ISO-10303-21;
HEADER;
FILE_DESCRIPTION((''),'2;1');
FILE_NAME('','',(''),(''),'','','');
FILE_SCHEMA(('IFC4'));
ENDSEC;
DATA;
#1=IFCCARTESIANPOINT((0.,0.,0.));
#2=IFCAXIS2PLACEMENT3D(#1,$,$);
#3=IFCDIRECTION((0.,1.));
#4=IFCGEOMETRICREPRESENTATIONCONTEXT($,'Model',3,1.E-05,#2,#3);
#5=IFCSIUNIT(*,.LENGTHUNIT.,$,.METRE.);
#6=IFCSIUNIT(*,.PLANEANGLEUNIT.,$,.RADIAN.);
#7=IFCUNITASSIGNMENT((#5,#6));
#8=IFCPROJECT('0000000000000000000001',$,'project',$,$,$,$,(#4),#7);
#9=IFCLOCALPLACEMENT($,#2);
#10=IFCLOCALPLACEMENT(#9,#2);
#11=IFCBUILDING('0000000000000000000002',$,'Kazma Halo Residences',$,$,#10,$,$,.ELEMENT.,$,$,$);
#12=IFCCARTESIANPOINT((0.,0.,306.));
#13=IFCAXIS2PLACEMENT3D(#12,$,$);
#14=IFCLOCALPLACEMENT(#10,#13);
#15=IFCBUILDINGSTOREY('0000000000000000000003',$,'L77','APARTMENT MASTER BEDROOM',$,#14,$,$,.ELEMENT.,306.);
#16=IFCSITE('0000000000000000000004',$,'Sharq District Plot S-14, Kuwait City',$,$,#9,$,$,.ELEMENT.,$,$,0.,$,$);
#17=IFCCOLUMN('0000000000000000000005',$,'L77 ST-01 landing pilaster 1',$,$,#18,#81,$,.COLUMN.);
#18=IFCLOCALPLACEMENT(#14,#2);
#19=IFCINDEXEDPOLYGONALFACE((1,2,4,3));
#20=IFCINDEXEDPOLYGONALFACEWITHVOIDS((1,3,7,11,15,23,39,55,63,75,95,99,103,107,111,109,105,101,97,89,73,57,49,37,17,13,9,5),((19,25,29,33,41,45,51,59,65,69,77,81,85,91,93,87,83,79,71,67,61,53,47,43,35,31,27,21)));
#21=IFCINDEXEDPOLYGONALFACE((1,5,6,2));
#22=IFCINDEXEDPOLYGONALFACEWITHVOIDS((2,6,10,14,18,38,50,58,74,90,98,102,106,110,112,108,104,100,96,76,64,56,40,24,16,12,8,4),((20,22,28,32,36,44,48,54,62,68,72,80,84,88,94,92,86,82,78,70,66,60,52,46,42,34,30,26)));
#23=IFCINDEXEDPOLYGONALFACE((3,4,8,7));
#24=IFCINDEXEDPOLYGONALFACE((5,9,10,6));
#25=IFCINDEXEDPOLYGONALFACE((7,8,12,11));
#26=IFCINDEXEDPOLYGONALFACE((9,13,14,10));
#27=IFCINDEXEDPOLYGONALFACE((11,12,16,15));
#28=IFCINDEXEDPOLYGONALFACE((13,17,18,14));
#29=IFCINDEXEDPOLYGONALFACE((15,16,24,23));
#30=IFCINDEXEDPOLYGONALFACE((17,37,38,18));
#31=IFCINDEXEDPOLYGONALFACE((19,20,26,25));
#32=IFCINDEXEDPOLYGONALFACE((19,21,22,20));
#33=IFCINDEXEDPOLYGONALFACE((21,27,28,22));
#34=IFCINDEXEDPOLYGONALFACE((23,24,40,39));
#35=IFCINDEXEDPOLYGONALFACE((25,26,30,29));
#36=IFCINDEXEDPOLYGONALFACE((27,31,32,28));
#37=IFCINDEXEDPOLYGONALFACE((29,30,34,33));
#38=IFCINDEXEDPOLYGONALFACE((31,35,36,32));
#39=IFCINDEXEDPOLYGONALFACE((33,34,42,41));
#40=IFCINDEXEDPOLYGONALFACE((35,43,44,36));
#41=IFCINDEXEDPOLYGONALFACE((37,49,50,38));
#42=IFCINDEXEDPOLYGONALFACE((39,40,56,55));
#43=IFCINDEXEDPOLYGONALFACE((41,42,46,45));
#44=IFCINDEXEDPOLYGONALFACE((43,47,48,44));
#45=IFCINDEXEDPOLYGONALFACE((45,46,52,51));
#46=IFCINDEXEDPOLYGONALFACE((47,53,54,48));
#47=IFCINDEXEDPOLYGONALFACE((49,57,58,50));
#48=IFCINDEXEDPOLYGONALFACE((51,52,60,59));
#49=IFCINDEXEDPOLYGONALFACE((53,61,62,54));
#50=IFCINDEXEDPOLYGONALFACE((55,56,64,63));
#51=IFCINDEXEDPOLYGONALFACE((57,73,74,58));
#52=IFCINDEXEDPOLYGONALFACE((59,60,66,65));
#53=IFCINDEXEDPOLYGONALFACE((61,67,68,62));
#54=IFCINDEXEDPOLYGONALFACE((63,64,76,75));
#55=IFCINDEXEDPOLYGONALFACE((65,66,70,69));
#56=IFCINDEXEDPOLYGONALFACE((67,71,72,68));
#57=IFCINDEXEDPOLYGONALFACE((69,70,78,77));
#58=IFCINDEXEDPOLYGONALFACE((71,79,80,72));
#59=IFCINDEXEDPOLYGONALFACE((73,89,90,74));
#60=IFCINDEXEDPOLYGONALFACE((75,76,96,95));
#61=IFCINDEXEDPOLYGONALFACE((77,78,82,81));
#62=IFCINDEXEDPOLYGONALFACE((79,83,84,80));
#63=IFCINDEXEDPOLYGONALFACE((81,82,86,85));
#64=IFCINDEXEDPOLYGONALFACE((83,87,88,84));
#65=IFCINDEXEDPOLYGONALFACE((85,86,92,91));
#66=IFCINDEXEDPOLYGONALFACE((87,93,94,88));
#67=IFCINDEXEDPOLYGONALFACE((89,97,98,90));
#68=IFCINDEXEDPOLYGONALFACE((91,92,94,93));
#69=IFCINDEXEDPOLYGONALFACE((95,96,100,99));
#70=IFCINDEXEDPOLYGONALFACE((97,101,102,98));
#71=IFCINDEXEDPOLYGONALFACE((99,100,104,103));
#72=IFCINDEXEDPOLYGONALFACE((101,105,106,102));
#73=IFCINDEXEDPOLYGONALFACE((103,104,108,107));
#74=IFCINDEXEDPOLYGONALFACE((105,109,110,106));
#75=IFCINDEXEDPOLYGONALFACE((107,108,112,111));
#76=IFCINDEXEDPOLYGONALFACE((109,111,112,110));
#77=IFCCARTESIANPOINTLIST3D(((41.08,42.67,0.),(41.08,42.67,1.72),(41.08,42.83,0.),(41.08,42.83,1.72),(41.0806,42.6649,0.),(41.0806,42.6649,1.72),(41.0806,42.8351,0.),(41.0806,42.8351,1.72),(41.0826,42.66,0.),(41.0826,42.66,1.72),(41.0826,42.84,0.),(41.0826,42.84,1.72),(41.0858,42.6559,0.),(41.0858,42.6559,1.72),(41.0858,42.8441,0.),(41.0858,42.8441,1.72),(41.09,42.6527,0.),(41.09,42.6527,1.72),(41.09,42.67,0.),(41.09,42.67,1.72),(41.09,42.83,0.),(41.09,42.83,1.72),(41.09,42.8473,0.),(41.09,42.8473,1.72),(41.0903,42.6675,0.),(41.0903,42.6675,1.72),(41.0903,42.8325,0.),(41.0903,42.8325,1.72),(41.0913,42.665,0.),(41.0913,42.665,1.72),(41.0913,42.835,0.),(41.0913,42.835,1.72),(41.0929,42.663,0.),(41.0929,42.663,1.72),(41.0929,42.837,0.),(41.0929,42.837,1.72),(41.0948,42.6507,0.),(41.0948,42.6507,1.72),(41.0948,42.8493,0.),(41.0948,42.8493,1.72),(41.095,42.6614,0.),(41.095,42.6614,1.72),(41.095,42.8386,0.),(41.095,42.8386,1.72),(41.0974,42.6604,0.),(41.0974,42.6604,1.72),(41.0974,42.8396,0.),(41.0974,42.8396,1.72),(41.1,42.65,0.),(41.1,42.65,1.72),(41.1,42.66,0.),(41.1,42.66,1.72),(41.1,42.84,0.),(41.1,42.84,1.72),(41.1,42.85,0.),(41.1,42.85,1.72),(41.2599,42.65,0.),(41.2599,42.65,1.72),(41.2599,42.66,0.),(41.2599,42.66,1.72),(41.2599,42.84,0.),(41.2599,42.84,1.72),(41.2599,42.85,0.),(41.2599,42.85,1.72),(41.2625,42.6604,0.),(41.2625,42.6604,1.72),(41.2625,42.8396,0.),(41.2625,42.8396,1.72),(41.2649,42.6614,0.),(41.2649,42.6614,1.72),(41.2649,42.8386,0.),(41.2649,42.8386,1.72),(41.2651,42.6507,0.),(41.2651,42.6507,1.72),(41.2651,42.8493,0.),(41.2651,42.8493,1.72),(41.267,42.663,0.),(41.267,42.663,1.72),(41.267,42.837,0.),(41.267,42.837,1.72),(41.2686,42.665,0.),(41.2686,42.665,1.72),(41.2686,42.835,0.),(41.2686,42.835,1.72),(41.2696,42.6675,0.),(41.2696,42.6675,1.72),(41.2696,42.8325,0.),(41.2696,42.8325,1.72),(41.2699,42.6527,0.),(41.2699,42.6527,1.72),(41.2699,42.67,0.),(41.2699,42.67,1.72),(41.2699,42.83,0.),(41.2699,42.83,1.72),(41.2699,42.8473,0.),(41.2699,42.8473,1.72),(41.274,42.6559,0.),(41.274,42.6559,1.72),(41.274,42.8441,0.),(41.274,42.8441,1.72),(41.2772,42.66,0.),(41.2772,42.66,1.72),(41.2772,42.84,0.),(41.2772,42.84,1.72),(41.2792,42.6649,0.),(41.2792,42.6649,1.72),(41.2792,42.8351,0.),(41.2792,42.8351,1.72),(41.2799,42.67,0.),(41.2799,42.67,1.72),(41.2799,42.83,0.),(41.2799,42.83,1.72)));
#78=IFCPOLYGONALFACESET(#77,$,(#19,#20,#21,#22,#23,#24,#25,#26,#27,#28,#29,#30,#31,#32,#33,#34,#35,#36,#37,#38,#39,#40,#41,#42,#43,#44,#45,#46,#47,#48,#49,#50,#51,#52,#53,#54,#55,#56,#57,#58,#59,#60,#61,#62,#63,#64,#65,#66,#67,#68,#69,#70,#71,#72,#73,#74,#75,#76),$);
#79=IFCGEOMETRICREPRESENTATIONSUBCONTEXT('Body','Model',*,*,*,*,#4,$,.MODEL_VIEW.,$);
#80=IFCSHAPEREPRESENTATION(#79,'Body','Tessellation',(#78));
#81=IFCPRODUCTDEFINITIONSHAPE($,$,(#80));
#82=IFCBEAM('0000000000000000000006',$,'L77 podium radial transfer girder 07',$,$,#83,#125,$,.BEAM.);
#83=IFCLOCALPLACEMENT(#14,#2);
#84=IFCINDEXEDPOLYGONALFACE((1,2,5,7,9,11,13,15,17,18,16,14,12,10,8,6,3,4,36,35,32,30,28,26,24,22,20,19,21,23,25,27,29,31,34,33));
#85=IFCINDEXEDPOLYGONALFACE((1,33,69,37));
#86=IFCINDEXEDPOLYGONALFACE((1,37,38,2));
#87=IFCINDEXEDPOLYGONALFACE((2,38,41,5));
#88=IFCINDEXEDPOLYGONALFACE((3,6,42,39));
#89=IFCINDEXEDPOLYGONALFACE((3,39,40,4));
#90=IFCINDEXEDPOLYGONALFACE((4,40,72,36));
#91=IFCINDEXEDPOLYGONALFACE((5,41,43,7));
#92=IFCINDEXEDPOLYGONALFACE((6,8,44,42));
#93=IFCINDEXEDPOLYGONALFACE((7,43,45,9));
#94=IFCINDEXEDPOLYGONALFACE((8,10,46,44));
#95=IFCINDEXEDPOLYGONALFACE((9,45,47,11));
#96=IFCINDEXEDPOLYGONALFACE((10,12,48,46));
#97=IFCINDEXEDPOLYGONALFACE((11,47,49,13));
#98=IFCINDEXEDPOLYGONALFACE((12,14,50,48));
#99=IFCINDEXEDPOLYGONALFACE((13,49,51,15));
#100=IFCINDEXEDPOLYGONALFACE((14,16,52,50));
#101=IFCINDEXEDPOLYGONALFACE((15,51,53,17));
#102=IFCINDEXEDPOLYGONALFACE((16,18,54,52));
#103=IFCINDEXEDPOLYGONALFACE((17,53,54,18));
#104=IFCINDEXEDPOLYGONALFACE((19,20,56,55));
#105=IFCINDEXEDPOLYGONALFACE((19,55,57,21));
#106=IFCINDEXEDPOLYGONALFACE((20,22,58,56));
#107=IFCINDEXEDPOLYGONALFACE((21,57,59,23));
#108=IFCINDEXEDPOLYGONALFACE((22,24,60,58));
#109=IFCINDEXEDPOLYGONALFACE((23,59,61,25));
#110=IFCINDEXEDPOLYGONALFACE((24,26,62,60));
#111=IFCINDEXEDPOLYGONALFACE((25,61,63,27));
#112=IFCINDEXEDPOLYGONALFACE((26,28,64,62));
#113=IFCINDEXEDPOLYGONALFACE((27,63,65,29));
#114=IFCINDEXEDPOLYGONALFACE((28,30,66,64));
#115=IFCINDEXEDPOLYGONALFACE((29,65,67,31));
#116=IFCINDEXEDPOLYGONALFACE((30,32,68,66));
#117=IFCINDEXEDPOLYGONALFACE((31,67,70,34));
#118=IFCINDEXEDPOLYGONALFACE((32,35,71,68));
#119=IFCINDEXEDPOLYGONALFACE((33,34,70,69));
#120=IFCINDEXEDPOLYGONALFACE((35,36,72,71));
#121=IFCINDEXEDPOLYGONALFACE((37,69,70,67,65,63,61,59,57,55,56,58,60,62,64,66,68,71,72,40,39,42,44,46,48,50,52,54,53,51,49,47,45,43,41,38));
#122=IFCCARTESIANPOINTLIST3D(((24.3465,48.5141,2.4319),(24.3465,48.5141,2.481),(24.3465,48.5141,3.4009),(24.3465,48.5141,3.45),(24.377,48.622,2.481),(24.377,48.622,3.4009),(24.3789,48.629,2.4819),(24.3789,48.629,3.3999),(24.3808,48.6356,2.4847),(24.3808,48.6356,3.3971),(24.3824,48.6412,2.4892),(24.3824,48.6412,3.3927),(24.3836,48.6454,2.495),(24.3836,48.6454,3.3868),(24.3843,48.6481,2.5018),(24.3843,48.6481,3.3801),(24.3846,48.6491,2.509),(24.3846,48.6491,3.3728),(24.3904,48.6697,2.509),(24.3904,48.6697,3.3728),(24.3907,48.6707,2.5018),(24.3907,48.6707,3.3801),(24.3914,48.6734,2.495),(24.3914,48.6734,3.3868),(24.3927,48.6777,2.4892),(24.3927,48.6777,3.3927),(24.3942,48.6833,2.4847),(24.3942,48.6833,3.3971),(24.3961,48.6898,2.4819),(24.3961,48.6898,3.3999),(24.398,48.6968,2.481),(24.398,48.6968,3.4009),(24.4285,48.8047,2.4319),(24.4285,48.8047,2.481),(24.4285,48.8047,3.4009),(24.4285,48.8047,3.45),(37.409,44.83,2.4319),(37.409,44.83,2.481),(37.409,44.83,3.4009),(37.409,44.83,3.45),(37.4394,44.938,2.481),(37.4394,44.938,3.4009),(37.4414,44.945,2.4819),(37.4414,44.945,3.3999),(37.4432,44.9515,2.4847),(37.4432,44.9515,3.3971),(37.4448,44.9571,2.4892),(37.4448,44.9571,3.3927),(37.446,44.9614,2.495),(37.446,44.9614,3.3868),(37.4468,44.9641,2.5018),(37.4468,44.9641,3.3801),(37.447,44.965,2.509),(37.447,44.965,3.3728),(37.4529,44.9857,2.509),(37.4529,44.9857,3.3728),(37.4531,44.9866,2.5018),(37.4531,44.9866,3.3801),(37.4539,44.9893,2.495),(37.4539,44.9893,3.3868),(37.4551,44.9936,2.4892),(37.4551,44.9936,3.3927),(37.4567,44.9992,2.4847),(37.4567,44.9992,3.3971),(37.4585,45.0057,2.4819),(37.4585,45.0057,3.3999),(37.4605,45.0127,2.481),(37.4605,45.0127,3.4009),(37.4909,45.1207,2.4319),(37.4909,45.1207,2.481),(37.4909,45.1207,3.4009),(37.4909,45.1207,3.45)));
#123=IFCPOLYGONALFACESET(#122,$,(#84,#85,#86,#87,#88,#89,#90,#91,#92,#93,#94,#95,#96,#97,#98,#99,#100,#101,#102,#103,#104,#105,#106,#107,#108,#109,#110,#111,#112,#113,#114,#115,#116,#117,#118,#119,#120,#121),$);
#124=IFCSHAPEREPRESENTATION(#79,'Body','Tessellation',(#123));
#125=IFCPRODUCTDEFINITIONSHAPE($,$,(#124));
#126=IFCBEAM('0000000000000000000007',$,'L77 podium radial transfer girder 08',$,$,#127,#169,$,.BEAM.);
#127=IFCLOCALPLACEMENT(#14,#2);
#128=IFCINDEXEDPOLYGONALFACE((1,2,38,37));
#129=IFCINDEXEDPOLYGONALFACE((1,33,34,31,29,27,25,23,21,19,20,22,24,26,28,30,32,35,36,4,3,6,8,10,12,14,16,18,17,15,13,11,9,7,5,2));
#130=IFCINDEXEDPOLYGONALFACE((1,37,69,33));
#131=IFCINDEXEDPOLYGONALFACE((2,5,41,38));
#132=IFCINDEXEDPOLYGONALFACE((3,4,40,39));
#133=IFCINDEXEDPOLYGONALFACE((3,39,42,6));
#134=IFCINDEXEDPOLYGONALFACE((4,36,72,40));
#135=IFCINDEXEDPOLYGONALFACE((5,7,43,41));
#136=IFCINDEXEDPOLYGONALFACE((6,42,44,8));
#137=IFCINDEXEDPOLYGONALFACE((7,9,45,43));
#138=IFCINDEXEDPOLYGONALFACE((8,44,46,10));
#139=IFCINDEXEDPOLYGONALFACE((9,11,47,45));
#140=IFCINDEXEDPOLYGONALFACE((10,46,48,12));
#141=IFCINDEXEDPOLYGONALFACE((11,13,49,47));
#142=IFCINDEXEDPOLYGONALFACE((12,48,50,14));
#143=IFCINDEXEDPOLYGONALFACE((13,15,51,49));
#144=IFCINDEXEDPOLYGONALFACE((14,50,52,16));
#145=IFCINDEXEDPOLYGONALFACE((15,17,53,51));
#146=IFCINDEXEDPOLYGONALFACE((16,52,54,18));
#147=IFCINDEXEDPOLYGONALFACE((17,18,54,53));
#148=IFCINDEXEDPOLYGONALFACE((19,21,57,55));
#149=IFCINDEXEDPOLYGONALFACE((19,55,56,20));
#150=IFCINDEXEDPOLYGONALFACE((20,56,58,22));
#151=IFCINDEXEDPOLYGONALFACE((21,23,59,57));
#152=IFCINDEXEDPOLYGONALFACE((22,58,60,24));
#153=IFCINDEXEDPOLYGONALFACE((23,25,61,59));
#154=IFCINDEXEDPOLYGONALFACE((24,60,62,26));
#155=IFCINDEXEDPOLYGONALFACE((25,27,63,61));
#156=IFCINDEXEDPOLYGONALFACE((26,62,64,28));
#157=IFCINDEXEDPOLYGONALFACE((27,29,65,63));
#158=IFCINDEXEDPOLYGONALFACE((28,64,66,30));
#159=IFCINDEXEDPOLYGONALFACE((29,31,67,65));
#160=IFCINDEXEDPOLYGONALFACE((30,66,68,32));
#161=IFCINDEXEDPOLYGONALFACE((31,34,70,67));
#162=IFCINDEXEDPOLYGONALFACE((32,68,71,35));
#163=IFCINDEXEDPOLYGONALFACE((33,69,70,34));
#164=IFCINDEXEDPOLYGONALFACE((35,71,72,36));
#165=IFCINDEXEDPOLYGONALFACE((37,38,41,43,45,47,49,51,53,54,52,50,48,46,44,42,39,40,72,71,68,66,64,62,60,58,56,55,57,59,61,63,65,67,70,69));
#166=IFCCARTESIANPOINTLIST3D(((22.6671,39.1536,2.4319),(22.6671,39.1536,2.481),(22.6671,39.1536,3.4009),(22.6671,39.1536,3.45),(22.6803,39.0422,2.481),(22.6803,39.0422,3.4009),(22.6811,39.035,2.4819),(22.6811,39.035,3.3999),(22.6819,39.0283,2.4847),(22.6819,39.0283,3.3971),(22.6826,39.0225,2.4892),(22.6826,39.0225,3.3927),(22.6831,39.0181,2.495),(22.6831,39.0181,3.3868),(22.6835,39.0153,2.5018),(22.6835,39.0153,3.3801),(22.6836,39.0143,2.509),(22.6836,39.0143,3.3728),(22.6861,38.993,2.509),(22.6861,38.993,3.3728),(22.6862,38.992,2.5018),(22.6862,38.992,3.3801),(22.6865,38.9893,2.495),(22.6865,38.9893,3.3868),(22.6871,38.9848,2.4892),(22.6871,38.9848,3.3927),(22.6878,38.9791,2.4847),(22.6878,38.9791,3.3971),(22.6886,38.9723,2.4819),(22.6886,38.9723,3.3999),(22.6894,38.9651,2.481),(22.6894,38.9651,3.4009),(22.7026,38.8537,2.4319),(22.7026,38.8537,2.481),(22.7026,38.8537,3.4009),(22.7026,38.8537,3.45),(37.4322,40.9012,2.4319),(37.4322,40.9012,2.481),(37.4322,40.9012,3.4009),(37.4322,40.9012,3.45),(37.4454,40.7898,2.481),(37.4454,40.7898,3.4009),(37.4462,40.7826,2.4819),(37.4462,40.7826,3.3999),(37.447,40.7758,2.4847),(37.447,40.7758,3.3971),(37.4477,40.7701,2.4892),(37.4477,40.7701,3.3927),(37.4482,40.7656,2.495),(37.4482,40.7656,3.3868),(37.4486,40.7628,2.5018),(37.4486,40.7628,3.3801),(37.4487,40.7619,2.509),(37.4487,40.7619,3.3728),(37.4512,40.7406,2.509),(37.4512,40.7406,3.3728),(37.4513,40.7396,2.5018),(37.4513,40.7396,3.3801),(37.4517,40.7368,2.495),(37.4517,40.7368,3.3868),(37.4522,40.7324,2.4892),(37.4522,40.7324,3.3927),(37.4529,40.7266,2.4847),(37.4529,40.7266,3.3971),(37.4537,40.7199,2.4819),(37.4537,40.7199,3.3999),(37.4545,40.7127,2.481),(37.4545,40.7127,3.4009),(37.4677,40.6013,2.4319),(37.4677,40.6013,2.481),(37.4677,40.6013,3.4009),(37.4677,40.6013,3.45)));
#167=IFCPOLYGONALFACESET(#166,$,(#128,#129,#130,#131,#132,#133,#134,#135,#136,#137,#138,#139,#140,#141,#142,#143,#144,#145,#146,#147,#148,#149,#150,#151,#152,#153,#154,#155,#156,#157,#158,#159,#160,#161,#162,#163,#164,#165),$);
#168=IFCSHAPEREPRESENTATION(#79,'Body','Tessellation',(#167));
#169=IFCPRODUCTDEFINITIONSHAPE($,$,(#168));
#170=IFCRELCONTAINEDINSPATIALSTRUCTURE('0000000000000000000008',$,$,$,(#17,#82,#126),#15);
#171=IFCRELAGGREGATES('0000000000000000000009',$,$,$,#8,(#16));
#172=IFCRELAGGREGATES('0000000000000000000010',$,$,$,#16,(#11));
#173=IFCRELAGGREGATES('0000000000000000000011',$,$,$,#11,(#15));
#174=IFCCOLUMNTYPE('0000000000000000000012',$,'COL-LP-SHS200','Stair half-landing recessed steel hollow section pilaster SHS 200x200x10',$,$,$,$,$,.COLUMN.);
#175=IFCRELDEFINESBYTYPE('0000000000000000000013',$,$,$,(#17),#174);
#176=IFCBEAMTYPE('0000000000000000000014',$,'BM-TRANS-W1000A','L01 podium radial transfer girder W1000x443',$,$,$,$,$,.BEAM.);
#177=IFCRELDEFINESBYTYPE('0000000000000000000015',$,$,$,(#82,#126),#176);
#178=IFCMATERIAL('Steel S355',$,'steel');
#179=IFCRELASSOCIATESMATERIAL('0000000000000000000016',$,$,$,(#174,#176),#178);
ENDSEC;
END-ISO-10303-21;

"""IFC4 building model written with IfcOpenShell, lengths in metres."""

from ifc_helpers import new_model, si_unit, direction, frame, origin, origin_2d, place, context, subcontext, project, spatial, hollow_rectangle, i_section, extrude, material, material_profile, profile_set, type_object, element, save


model = new_model("IFC4")

# Units and contexts
model_context = context("Model", 3, precision=1e-05, world=origin(), true_north=direction((0.0, 1.0)))
body_context = subcontext(model_context, "Body", "Model", "MODEL_VIEW")
ifc_project = project(units=[si_unit("LENGTHUNIT", "METRE"), si_unit("PLANEANGLEUNIT", "RADIAN")], contexts=[model_context])

# Site, building, storey
site_placement = place(None, origin())
site = spatial("IfcSite", under=ifc_project, at=site_placement, Name="Sharq District Plot S-14, Kuwait City", CompositionType="ELEMENT", RefElevation=0.0)
building_placement = place(site_placement, origin())
building = spatial("IfcBuilding", under=site, at=building_placement, Name="Kazma Halo Residences", CompositionType="ELEMENT")
storey_placement = place(building_placement, frame((0.0, 0.0, 306.0)))
storey = spatial("IfcBuildingStorey", under=building, at=storey_placement, Name="L77", Description="APARTMENT MASTER BEDROOM", CompositionType="ELEMENT", Elevation=306.0)

# Column
ifc_material_1 = material(Name="Steel S355", Category="steel")
ifc_material_profile_1 = material_profile(ifc_material_1, hollow_rectangle(XDim=0.2, YDim=0.2, WallThickness=0.01, InnerFilletRadius=0.01, OuterFilletRadius=0.02, at=origin_2d()), Name="SHS200x200x10")
ifc_profile_set_1 = profile_set([ifc_material_profile_1], Name="Steel S355")
column_type = type_object("IfcColumnType", Name="COL-LP-SHS200", Description="Stair half-landing recessed steel hollow section pilaster SHS 200x200x10", PredefinedType="COLUMN", material=ifc_profile_set_1)
column_placement = place(storey_placement, frame((41.1799, 42.75, 0.0), z_axis=(0.0, 0.0, 1.0), x_axis=(1.0, 0.0, 0.0)))
element("IfcColumn", 1, at=column_placement, inside=storey, type_object=column_type, Name="L77 ST-01 landing pilaster 1", PredefinedType="COLUMN", context=body_context, shape_type="SweptSolid", body=[
    extrude(hollow_rectangle(XDim=0.2, YDim=0.2, WallThickness=0.01, InnerFilletRadius=0.01, OuterFilletRadius=0.02, at=origin_2d()), origin(), (0.0, 0.0, 1.0), 1.72),
])

# Beams
ifc_material_profile_2 = material_profile(ifc_material_1, i_section(OverallWidth=0.302, OverallDepth=1.0181, WebThickness=0.0215, FlangeThickness=0.0491, FilletRadius=0.0281, at=origin_2d()), Name="W1000x443")
ifc_profile_set_2 = profile_set([ifc_material_profile_2], Name="Steel S355")
beam_type_1 = type_object("IfcBeamType", Name="BM-TRANS-W1000A", Description="L01 podium radial transfer girder W1000x443", PredefinedType="BEAM", material=ifc_profile_set_2)
beam_1_placement = place(storey_placement, frame((37.45, 44.9753, 2.9409), z_axis=(-0.962454, 0.271446, 0.0), x_axis=(-0.271446, -0.962454, 0.0)))
element("IfcBeam", 2, at=beam_1_placement, inside=storey, type_object=beam_type_1, Name="L77 podium radial transfer girder 07", PredefinedType="BEAM", context=body_context, shape_type="SweptSolid", body=[
    extrude(i_section(OverallWidth=0.302, OverallDepth=1.0181, WebThickness=0.0215, FlangeThickness=0.0491, FilletRadius=0.0281, at=origin_2d()), origin(), (0.0, 0.0, 1.0), 13.572),
])
beam_2_placement = place(storey_placement, frame((37.45, 40.7512, 2.9409), z_axis=(-0.993069, -0.117537, 0.0), x_axis=(0.117537, -0.993069, 0.0)))
element("IfcBeam", 3, at=beam_2_placement, inside=storey, type_object=beam_type_1, Name="L77 podium radial transfer girder 08", PredefinedType="BEAM", context=body_context, shape_type="SweptSolid", body=[
    extrude(i_section(OverallWidth=0.302, OverallDepth=1.0181, WebThickness=0.0215, FlangeThickness=0.0491, FilletRadius=0.0281, at=origin_2d()), origin(), (0.0, 0.0, 1.0), 14.8682),
])

save(model, "model.ifc")
